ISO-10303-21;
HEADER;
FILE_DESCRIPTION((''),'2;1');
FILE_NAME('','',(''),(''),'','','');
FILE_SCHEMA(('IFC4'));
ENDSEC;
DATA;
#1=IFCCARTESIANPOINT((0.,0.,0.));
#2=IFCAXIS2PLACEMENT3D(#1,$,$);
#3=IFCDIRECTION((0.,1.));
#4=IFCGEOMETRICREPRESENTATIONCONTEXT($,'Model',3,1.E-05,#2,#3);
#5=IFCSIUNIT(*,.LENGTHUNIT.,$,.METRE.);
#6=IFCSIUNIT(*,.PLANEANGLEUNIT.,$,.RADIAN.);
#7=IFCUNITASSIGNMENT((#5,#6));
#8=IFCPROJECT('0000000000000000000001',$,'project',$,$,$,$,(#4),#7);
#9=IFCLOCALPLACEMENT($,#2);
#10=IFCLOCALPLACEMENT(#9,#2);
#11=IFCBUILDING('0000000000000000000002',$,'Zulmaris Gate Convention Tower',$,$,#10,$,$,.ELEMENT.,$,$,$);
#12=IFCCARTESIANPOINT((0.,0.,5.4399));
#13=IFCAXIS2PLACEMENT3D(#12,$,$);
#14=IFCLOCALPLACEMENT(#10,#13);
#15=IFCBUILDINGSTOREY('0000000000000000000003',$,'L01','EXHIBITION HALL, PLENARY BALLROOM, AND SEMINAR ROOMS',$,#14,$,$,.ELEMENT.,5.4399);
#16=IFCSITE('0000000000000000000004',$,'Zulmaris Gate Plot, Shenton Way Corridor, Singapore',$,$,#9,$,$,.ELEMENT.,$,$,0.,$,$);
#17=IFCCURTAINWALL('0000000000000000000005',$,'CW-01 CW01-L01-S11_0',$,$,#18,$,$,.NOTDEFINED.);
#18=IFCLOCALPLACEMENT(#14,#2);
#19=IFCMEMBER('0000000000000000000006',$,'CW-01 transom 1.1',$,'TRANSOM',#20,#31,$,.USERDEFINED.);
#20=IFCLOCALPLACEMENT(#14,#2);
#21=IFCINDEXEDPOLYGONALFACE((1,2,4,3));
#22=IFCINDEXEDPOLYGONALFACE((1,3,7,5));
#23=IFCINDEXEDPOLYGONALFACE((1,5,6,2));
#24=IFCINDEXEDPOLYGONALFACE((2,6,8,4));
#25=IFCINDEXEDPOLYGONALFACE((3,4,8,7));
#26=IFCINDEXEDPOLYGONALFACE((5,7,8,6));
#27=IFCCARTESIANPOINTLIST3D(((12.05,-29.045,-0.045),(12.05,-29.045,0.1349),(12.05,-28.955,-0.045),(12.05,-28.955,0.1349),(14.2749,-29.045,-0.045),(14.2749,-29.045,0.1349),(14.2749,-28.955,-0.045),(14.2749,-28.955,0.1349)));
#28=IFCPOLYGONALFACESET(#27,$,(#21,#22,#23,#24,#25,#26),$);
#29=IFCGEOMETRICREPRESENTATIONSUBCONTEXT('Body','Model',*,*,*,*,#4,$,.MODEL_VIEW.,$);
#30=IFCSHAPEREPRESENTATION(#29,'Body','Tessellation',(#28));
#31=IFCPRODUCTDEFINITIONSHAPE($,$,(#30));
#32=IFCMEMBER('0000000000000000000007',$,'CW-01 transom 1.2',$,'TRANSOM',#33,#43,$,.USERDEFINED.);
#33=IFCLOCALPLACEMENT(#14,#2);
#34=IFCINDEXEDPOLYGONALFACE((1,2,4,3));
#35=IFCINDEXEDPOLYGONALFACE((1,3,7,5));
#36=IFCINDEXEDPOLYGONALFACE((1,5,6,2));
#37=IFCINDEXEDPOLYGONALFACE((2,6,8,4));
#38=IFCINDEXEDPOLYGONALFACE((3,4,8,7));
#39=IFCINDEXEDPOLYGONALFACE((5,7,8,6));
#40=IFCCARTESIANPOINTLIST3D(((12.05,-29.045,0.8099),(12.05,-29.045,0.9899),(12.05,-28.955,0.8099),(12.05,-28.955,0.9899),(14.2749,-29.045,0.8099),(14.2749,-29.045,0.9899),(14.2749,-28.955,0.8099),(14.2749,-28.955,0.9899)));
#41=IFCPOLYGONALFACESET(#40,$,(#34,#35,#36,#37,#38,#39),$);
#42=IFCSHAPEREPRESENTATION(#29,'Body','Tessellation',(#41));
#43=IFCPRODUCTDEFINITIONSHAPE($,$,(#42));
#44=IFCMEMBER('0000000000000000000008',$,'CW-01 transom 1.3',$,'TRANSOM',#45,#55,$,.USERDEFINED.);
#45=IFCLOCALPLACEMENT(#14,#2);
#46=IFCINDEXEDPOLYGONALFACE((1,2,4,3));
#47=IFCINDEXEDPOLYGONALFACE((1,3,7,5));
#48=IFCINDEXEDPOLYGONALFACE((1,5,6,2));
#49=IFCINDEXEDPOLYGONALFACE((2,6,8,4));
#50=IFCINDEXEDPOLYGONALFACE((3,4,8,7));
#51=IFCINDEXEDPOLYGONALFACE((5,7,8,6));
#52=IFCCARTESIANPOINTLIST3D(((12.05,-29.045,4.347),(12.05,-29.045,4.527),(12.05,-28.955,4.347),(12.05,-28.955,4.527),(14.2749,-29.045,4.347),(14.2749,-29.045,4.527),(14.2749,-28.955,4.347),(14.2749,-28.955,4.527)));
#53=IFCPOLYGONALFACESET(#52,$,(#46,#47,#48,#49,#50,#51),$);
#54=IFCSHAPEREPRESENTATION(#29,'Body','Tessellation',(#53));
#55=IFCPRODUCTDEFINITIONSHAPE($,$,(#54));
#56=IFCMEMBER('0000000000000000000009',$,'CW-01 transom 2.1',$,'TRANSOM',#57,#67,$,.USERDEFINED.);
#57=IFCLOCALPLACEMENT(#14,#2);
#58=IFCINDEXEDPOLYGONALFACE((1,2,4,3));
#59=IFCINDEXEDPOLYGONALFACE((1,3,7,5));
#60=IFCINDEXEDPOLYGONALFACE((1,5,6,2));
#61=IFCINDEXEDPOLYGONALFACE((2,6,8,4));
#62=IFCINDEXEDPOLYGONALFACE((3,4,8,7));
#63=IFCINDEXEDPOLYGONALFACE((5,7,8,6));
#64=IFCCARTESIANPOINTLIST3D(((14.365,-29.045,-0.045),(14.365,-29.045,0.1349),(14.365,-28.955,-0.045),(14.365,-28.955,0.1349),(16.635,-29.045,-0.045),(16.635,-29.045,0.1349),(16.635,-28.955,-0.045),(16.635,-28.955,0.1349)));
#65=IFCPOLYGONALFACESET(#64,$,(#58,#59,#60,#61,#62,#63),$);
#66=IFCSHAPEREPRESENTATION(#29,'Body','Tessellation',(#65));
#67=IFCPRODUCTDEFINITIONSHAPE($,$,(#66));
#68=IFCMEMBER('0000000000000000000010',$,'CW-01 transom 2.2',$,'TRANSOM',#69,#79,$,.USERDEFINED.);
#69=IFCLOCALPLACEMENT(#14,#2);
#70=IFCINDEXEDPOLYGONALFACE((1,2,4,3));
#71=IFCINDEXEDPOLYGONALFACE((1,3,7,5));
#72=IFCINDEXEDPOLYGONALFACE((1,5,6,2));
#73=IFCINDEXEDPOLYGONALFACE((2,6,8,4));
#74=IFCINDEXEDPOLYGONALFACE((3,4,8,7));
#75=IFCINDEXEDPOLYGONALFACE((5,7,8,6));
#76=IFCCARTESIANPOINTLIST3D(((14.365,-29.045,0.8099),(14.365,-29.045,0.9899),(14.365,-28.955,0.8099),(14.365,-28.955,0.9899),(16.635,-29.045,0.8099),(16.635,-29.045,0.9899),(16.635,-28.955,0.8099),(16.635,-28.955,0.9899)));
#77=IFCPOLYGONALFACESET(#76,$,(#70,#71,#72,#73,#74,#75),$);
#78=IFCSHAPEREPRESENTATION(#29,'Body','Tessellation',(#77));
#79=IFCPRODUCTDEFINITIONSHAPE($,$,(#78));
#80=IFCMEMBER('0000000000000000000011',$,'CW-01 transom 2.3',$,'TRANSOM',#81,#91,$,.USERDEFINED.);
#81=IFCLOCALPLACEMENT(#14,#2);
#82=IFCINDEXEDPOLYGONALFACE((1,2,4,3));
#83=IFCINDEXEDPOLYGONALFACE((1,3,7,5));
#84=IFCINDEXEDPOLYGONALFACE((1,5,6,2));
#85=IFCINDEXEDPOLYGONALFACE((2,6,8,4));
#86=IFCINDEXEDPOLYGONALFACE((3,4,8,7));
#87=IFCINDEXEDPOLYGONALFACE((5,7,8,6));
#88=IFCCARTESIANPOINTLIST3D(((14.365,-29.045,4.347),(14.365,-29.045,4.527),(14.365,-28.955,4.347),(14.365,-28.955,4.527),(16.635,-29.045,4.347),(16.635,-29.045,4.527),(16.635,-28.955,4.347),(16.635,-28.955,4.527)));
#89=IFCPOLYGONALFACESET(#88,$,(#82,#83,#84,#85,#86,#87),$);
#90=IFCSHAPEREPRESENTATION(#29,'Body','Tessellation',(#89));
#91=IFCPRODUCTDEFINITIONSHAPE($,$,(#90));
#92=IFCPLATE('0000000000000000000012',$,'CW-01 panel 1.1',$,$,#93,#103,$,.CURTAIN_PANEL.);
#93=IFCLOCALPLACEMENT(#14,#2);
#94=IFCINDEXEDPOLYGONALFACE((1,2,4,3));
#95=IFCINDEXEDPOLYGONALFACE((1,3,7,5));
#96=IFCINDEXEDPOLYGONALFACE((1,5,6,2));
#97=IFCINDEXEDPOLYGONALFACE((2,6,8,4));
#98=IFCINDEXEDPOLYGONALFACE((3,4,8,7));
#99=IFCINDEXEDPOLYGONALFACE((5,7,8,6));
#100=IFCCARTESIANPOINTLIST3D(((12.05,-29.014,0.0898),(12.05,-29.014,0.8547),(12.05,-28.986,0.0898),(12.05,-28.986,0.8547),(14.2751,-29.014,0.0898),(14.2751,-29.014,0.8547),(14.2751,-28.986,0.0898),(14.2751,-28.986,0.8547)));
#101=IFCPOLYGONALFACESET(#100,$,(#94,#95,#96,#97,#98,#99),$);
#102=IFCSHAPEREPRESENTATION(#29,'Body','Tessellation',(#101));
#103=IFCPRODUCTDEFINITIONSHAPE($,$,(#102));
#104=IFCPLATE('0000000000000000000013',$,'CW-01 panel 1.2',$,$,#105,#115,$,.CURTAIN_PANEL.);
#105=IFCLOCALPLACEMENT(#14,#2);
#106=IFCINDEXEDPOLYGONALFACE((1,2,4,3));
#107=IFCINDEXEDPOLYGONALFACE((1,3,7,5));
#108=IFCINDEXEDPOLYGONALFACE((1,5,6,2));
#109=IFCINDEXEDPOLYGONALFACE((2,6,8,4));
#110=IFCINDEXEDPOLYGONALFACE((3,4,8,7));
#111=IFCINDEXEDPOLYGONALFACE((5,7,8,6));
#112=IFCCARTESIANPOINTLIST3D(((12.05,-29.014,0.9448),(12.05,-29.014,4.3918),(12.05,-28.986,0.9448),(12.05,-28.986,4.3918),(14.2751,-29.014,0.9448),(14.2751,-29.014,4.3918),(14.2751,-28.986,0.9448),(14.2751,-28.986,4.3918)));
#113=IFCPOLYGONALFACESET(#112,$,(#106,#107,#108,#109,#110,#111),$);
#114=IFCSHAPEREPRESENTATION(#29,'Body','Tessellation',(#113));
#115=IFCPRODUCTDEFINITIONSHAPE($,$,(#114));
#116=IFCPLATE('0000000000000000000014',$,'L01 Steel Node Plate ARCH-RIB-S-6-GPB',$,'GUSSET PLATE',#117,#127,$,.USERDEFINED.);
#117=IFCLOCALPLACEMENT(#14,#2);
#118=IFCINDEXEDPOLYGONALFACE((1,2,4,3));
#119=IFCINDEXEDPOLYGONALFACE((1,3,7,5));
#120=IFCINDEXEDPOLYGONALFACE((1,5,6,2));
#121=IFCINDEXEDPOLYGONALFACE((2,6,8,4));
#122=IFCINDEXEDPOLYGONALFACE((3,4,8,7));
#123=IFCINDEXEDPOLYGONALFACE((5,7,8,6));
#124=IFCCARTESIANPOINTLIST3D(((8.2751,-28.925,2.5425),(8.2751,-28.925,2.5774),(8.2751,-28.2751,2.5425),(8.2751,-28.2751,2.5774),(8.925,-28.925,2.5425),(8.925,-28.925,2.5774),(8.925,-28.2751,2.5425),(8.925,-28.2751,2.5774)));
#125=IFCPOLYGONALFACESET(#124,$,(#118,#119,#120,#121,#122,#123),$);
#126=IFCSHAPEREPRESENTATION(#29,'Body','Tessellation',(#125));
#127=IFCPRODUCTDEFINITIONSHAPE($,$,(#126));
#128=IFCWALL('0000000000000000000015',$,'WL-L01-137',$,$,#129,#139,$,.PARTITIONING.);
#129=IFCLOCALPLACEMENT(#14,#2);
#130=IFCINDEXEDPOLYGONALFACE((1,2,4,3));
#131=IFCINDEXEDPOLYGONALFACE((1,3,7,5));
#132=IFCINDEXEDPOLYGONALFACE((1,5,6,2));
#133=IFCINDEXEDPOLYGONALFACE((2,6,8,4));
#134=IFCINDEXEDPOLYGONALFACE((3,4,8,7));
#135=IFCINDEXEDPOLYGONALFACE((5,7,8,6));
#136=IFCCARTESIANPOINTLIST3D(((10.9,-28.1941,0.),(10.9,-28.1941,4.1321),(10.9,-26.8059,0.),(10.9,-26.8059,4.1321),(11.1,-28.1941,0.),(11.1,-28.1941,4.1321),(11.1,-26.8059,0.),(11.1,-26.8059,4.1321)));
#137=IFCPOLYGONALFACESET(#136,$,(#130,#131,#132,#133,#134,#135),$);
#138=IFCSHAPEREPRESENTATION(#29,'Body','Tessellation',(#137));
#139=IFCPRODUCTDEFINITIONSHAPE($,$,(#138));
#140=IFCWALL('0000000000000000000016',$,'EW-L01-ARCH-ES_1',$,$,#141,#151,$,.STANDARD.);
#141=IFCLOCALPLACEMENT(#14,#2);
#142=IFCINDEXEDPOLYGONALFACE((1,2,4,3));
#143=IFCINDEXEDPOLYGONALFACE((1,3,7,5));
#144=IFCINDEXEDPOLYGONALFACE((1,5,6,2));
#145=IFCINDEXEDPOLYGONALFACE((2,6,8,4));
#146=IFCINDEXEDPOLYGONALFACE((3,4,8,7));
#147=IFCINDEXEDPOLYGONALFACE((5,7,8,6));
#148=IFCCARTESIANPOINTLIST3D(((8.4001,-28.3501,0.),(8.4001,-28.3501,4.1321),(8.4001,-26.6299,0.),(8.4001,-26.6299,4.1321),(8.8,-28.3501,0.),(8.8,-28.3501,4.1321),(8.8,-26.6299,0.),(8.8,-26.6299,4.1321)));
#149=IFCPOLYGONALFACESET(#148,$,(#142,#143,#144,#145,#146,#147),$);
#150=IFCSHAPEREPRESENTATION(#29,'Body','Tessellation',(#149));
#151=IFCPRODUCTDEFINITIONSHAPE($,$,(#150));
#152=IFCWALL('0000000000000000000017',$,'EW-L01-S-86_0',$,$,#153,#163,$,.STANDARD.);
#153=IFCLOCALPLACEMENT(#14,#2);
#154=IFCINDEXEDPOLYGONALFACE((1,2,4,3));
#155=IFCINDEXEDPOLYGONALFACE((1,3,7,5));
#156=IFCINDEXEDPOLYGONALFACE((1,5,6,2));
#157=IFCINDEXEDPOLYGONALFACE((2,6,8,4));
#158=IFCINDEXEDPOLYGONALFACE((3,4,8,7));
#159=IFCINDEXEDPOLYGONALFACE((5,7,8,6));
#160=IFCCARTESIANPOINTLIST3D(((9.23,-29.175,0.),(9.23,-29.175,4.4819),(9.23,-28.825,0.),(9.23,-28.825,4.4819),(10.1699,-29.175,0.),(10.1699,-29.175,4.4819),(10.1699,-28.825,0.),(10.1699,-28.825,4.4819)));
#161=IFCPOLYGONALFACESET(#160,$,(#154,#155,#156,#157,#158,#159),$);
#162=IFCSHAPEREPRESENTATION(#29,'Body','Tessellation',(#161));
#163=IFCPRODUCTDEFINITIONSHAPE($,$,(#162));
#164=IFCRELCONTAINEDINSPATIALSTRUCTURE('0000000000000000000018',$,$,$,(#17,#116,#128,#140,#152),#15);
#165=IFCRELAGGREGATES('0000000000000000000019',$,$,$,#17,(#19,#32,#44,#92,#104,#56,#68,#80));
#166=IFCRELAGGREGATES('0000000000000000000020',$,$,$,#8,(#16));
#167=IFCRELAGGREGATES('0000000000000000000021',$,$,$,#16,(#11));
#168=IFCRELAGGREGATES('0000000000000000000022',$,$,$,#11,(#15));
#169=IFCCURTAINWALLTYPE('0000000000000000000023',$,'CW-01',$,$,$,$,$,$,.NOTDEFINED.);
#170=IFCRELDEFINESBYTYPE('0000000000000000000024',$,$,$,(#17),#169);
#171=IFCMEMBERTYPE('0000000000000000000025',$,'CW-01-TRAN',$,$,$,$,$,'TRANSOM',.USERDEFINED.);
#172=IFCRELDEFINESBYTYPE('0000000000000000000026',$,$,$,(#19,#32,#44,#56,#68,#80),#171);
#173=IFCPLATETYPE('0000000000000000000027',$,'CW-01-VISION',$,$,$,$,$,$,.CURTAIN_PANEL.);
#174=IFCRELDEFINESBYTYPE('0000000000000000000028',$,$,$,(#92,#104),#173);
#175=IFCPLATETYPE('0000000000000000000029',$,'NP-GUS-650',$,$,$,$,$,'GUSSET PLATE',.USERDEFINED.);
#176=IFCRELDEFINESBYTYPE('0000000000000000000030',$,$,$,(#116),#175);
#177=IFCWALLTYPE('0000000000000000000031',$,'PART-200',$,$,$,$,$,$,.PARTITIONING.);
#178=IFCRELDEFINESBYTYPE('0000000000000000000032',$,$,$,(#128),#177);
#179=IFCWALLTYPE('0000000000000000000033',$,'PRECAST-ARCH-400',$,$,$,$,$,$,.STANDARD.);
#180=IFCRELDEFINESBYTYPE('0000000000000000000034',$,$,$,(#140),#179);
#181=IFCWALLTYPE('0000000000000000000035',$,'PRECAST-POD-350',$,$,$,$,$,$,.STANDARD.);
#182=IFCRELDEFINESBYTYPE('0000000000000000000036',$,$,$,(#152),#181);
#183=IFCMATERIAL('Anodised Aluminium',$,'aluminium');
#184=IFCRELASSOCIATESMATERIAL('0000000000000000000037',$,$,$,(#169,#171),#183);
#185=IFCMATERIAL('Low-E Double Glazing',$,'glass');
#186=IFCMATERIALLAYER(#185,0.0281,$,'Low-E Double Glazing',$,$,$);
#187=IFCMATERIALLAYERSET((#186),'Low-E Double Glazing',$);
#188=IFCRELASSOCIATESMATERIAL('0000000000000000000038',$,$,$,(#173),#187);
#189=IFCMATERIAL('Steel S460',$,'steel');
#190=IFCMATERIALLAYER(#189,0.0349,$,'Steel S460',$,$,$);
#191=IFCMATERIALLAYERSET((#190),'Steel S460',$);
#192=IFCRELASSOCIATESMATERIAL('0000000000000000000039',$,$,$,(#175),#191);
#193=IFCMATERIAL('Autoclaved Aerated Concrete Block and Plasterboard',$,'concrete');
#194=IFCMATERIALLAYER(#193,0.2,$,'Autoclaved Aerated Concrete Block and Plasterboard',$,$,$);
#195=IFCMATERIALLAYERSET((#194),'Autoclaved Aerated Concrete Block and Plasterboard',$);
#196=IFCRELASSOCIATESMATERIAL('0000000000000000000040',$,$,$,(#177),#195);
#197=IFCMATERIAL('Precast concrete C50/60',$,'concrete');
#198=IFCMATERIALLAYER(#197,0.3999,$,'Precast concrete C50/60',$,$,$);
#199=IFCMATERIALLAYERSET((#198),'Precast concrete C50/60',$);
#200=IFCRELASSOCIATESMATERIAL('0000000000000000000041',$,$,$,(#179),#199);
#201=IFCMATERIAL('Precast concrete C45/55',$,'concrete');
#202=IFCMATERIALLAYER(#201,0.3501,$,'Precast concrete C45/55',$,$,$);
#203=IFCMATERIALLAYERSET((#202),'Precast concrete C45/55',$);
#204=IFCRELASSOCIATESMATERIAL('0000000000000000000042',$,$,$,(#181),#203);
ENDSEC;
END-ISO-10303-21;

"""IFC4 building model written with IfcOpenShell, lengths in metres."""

from ifc_helpers import new_model, si_unit, direction, frame, frame_2d, origin, origin_2d, place, context, subcontext, project, spatial, rectangle, extrude, material, layer, layer_set, material_profile, profile_set, type_object, element, aggregate, save


model = new_model("IFC4")

# Units and contexts
model_context = context("Model", 3, precision=1e-05, world=origin(), true_north=direction((0.0, 1.0)))
body_context = subcontext(model_context, "Body", "Model", "MODEL_VIEW")
ifc_project = project(units=[si_unit("LENGTHUNIT", "METRE"), si_unit("PLANEANGLEUNIT", "RADIAN")], contexts=[model_context])

# Site, building, storey
site_placement = place(None, origin())
site = spatial("IfcSite", under=ifc_project, at=site_placement, Name="Zulmaris Gate Plot, Shenton Way Corridor, Singapore", CompositionType="ELEMENT", RefElevation=0.0)
building_placement = place(site_placement, origin())
building = spatial("IfcBuilding", under=site, at=building_placement, Name="Zulmaris Gate Convention Tower", CompositionType="ELEMENT")
storey_placement = place(building_placement, frame((0.0, 0.0, 5.4399)))
storey = spatial("IfcBuildingStorey", under=building, at=storey_placement, Name="L01", Description="EXHIBITION HALL, PLENARY BALLROOM, AND SEMINAR ROOMS", CompositionType="ELEMENT", Elevation=5.4399)

# Shared definitions
ifc_material_1 = material(Name="Precast concrete C50/60", Category="concrete")

# Curtain wall, members, plates
ifc_material_2 = material(Name="Anodised Aluminium", Category="aluminium")
curtain_wall_type = type_object("IfcCurtainWallType", Name="CW-01", PredefinedType="NOTDEFINED", material=ifc_material_2)
curtain_wall_placement = place(storey_placement, origin())
curtain_wall = element("IfcCurtainWall", 1, at=curtain_wall_placement, inside=storey, type_object=curtain_wall_type, Name="CW-01 CW01-L01-S11_0", PredefinedType="NOTDEFINED")
ifc_material_profile_1 = material_profile(ifc_material_2, rectangle(XDim=0.0901, YDim=0.1799, at=origin_2d()), Name="ALU TRANSOM 90x180")
ifc_profile_set_1 = profile_set([ifc_material_profile_1], Name="Anodised Aluminium")
member_type_1 = type_object("IfcMemberType", Name="CW-01-TRAN", ElementType="TRANSOM", PredefinedType="USERDEFINED", material=ifc_profile_set_1)
member_1_placement = place(storey_placement, frame((12.05, -29.0, 0.0449), z_axis=(1.0, 0.0, 0.0), x_axis=(0.0, 1.0, 0.0)))
member_1 = element("IfcMember", 2, at=member_1_placement, type_object=member_type_1, Name="CW-01 transom 1.1", ObjectType="TRANSOM", PredefinedType="USERDEFINED", context=body_context, shape_type="SweptSolid", body=[
    extrude(rectangle(XDim=0.0901, YDim=0.1799, at=origin_2d()), origin(), (0.0, 0.0, 1.0), 2.2249),
])
member_2_placement = place(storey_placement, frame((12.05, -29.0, 0.8999), z_axis=(1.0, 0.0, 0.0), x_axis=(0.0, 1.0, 0.0)))
member_2 = element("IfcMember", 3, at=member_2_placement, type_object=member_type_1, Name="CW-01 transom 1.2", ObjectType="TRANSOM", PredefinedType="USERDEFINED", context=body_context, shape_type="SweptSolid", body=[
    extrude(rectangle(XDim=0.0901, YDim=0.1799, at=origin_2d()), origin(), (0.0, 0.0, 1.0), 2.2249),
])
member_3_placement = place(storey_placement, frame((12.05, -29.0, 4.437), z_axis=(1.0, 0.0, 0.0), x_axis=(0.0, 1.0, 0.0)))
member_3 = element("IfcMember", 4, at=member_3_placement, type_object=member_type_1, Name="CW-01 transom 1.3", ObjectType="TRANSOM", PredefinedType="USERDEFINED", context=body_context, shape_type="SweptSolid", body=[
    extrude(rectangle(XDim=0.0901, YDim=0.1799, at=origin_2d()), origin(), (0.0, 0.0, 1.0), 2.2249),
])
member_4_placement = place(storey_placement, frame((14.365, -29.0, 0.0449), z_axis=(1.0, 0.0, 0.0), x_axis=(0.0, 1.0, 0.0)))
member_4 = element("IfcMember", 5, at=member_4_placement, type_object=member_type_1, Name="CW-01 transom 2.1", ObjectType="TRANSOM", PredefinedType="USERDEFINED", context=body_context, shape_type="SweptSolid", body=[
    extrude(rectangle(XDim=0.0901, YDim=0.1799, at=origin_2d()), origin(), (0.0, 0.0, 1.0), 2.27),
])
member_5_placement = place(storey_placement, frame((14.365, -29.0, 0.8999), z_axis=(1.0, 0.0, 0.0), x_axis=(0.0, 1.0, 0.0)))
member_5 = element("IfcMember", 6, at=member_5_placement, type_object=member_type_1, Name="CW-01 transom 2.2", ObjectType="TRANSOM", PredefinedType="USERDEFINED", context=body_context, shape_type="SweptSolid", body=[
    extrude(rectangle(XDim=0.0901, YDim=0.1799, at=origin_2d()), origin(), (0.0, 0.0, 1.0), 2.27),
])
member_6_placement = place(storey_placement, frame((14.365, -29.0, 4.437), z_axis=(1.0, 0.0, 0.0), x_axis=(0.0, 1.0, 0.0)))
member_6 = element("IfcMember", 7, at=member_6_placement, type_object=member_type_1, Name="CW-01 transom 2.3", ObjectType="TRANSOM", PredefinedType="USERDEFINED", context=body_context, shape_type="SweptSolid", body=[
    extrude(rectangle(XDim=0.0901, YDim=0.1799, at=origin_2d()), origin(), (0.0, 0.0, 1.0), 2.27),
])
ifc_material_3 = material(Name="Low-E Double Glazing", Category="glass")
ifc_layer_1 = layer(ifc_material_3, 0.0281, Name="Low-E Double Glazing")
ifc_layer_set_1 = layer_set([ifc_layer_1], Name="Low-E Double Glazing")
plate_type_1 = type_object("IfcPlateType", Name="CW-01-VISION", PredefinedType="CURTAIN_PANEL", material=ifc_layer_set_1)
plate_1_placement = place(storey_placement, frame((13.1626, -29.0, 0.0898), z_axis=(0.0, 0.0, 1.0), x_axis=(1.0, 0.0, 0.0)))
plate_1 = element("IfcPlate", 8, at=plate_1_placement, type_object=plate_type_1, Name="CW-01 panel 1.1", PredefinedType="CURTAIN_PANEL", context=body_context, shape_type="SweptSolid", body=[
    extrude(rectangle(XDim=2.2251, YDim=0.0281, at=origin_2d()), origin(), (0.0, 0.0, 1.0), 0.7649),
])
plate_2_placement = place(storey_placement, frame((13.1626, -29.0, 0.9448), z_axis=(0.0, 0.0, 1.0), x_axis=(1.0, 0.0, 0.0)))
plate_2 = element("IfcPlate", 9, at=plate_2_placement, type_object=plate_type_1, Name="CW-01 panel 1.2", PredefinedType="CURTAIN_PANEL", context=body_context, shape_type="SweptSolid", body=[
    extrude(rectangle(XDim=2.2251, YDim=0.0281, at=origin_2d()), origin(), (0.0, 0.0, 1.0), 3.447),
])
aggregate(curtain_wall, [member_1, member_2, member_3, plate_1, plate_2, member_4, member_5, member_6])

# Plate
ifc_material_4 = material(Name="Steel S460", Category="steel")
ifc_layer_2 = layer(ifc_material_4, 0.0349, Name="Steel S460")
ifc_layer_set_2 = layer_set([ifc_layer_2], Name="Steel S460")
plate_type_2 = type_object("IfcPlateType", Name="NP-GUS-650", ElementType="GUSSET PLATE", PredefinedType="USERDEFINED", material=ifc_layer_set_2)
plate_3_placement = place(storey_placement, frame((8.6001, -28.6001, 2.5425), z_axis=(0.0, 0.0, 1.0), x_axis=(1.0, 0.0, 0.0)))
element("IfcPlate", 10, at=plate_3_placement, inside=storey, type_object=plate_type_2, Name="L01 Steel Node Plate ARCH-RIB-S-6-GPB", ObjectType="GUSSET PLATE", PredefinedType="USERDEFINED", context=body_context, shape_type="SweptSolid", body=[
    extrude(rectangle(XDim=0.6499, YDim=0.6499, at=origin_2d()), origin(), (0.0, 0.0, 1.0), 0.0349),
])

# Walls
ifc_material_5 = material(Name="Autoclaved Aerated Concrete Block and Plasterboard", Category="concrete")
ifc_layer_3 = layer(ifc_material_5, 0.2, Name="Autoclaved Aerated Concrete Block and Plasterboard")
ifc_layer_set_3 = layer_set([ifc_layer_3], Name="Autoclaved Aerated Concrete Block and Plasterboard")
wall_type_1 = type_object("IfcWallType", Name="PART-200", PredefinedType="PARTITIONING", material=ifc_layer_set_3)
wall_1_placement = place(storey_placement, frame((11.0, -28.1941, 0.0), z_axis=(0.0, 0.0, 1.0), x_axis=(0.0, 1.0, 0.0)))
element("IfcWall", 11, at=wall_1_placement, inside=storey, type_object=wall_type_1, Name="WL-L01-137", PredefinedType="PARTITIONING", context=body_context, shape_type="SweptSolid", body=[
    extrude(rectangle(XDim=1.3882, YDim=0.2, at=frame_2d((0.6941, 0.0))), origin(), (0.0, 0.0, 1.0), 4.1321),
])
ifc_layer_4 = layer(ifc_material_1, 0.3999, Name="Precast concrete C50/60")
ifc_layer_set_4 = layer_set([ifc_layer_4], Name="Precast concrete C50/60")
wall_type_2 = type_object("IfcWallType", Name="PRECAST-ARCH-400", PredefinedType="STANDARD", material=ifc_layer_set_4)
wall_2_placement = place(storey_placement, frame((8.6001, -26.6299, 0.0), z_axis=(0.0, 0.0, 1.0), x_axis=(0.0, -1.0, 0.0)))
element("IfcWall", 12, at=wall_2_placement, inside=storey, type_object=wall_type_2, Name="EW-L01-ARCH-ES_1", PredefinedType="STANDARD", context=body_context, shape_type="SweptSolid", body=[
    extrude(rectangle(XDim=1.7202, YDim=0.3999, at=frame_2d((0.8601, 0.0))), origin(), (0.0, 0.0, 1.0), 4.1321),
])
ifc_material_6 = material(Name="Precast concrete C45/55", Category="concrete")
ifc_layer_5 = layer(ifc_material_6, 0.3501, Name="Precast concrete C45/55")
ifc_layer_set_5 = layer_set([ifc_layer_5], Name="Precast concrete C45/55")
wall_type_3 = type_object("IfcWallType", Name="PRECAST-POD-350", PredefinedType="STANDARD", material=ifc_layer_set_5)
wall_3_placement = place(storey_placement, frame((9.23, -29.0, 0.0), z_axis=(0.0, 0.0, 1.0), x_axis=(1.0, 0.0, 0.0)))
element("IfcWall", 13, at=wall_3_placement, inside=storey, type_object=wall_type_3, Name="EW-L01-S-86_0", PredefinedType="STANDARD", context=body_context, shape_type="SweptSolid", body=[
    extrude(rectangle(XDim=0.9399, YDim=0.3501, at=frame_2d((0.47, 0.0))), origin(), (0.0, 0.0, 1.0), 4.4819),
])

save(model, "model.ifc")
